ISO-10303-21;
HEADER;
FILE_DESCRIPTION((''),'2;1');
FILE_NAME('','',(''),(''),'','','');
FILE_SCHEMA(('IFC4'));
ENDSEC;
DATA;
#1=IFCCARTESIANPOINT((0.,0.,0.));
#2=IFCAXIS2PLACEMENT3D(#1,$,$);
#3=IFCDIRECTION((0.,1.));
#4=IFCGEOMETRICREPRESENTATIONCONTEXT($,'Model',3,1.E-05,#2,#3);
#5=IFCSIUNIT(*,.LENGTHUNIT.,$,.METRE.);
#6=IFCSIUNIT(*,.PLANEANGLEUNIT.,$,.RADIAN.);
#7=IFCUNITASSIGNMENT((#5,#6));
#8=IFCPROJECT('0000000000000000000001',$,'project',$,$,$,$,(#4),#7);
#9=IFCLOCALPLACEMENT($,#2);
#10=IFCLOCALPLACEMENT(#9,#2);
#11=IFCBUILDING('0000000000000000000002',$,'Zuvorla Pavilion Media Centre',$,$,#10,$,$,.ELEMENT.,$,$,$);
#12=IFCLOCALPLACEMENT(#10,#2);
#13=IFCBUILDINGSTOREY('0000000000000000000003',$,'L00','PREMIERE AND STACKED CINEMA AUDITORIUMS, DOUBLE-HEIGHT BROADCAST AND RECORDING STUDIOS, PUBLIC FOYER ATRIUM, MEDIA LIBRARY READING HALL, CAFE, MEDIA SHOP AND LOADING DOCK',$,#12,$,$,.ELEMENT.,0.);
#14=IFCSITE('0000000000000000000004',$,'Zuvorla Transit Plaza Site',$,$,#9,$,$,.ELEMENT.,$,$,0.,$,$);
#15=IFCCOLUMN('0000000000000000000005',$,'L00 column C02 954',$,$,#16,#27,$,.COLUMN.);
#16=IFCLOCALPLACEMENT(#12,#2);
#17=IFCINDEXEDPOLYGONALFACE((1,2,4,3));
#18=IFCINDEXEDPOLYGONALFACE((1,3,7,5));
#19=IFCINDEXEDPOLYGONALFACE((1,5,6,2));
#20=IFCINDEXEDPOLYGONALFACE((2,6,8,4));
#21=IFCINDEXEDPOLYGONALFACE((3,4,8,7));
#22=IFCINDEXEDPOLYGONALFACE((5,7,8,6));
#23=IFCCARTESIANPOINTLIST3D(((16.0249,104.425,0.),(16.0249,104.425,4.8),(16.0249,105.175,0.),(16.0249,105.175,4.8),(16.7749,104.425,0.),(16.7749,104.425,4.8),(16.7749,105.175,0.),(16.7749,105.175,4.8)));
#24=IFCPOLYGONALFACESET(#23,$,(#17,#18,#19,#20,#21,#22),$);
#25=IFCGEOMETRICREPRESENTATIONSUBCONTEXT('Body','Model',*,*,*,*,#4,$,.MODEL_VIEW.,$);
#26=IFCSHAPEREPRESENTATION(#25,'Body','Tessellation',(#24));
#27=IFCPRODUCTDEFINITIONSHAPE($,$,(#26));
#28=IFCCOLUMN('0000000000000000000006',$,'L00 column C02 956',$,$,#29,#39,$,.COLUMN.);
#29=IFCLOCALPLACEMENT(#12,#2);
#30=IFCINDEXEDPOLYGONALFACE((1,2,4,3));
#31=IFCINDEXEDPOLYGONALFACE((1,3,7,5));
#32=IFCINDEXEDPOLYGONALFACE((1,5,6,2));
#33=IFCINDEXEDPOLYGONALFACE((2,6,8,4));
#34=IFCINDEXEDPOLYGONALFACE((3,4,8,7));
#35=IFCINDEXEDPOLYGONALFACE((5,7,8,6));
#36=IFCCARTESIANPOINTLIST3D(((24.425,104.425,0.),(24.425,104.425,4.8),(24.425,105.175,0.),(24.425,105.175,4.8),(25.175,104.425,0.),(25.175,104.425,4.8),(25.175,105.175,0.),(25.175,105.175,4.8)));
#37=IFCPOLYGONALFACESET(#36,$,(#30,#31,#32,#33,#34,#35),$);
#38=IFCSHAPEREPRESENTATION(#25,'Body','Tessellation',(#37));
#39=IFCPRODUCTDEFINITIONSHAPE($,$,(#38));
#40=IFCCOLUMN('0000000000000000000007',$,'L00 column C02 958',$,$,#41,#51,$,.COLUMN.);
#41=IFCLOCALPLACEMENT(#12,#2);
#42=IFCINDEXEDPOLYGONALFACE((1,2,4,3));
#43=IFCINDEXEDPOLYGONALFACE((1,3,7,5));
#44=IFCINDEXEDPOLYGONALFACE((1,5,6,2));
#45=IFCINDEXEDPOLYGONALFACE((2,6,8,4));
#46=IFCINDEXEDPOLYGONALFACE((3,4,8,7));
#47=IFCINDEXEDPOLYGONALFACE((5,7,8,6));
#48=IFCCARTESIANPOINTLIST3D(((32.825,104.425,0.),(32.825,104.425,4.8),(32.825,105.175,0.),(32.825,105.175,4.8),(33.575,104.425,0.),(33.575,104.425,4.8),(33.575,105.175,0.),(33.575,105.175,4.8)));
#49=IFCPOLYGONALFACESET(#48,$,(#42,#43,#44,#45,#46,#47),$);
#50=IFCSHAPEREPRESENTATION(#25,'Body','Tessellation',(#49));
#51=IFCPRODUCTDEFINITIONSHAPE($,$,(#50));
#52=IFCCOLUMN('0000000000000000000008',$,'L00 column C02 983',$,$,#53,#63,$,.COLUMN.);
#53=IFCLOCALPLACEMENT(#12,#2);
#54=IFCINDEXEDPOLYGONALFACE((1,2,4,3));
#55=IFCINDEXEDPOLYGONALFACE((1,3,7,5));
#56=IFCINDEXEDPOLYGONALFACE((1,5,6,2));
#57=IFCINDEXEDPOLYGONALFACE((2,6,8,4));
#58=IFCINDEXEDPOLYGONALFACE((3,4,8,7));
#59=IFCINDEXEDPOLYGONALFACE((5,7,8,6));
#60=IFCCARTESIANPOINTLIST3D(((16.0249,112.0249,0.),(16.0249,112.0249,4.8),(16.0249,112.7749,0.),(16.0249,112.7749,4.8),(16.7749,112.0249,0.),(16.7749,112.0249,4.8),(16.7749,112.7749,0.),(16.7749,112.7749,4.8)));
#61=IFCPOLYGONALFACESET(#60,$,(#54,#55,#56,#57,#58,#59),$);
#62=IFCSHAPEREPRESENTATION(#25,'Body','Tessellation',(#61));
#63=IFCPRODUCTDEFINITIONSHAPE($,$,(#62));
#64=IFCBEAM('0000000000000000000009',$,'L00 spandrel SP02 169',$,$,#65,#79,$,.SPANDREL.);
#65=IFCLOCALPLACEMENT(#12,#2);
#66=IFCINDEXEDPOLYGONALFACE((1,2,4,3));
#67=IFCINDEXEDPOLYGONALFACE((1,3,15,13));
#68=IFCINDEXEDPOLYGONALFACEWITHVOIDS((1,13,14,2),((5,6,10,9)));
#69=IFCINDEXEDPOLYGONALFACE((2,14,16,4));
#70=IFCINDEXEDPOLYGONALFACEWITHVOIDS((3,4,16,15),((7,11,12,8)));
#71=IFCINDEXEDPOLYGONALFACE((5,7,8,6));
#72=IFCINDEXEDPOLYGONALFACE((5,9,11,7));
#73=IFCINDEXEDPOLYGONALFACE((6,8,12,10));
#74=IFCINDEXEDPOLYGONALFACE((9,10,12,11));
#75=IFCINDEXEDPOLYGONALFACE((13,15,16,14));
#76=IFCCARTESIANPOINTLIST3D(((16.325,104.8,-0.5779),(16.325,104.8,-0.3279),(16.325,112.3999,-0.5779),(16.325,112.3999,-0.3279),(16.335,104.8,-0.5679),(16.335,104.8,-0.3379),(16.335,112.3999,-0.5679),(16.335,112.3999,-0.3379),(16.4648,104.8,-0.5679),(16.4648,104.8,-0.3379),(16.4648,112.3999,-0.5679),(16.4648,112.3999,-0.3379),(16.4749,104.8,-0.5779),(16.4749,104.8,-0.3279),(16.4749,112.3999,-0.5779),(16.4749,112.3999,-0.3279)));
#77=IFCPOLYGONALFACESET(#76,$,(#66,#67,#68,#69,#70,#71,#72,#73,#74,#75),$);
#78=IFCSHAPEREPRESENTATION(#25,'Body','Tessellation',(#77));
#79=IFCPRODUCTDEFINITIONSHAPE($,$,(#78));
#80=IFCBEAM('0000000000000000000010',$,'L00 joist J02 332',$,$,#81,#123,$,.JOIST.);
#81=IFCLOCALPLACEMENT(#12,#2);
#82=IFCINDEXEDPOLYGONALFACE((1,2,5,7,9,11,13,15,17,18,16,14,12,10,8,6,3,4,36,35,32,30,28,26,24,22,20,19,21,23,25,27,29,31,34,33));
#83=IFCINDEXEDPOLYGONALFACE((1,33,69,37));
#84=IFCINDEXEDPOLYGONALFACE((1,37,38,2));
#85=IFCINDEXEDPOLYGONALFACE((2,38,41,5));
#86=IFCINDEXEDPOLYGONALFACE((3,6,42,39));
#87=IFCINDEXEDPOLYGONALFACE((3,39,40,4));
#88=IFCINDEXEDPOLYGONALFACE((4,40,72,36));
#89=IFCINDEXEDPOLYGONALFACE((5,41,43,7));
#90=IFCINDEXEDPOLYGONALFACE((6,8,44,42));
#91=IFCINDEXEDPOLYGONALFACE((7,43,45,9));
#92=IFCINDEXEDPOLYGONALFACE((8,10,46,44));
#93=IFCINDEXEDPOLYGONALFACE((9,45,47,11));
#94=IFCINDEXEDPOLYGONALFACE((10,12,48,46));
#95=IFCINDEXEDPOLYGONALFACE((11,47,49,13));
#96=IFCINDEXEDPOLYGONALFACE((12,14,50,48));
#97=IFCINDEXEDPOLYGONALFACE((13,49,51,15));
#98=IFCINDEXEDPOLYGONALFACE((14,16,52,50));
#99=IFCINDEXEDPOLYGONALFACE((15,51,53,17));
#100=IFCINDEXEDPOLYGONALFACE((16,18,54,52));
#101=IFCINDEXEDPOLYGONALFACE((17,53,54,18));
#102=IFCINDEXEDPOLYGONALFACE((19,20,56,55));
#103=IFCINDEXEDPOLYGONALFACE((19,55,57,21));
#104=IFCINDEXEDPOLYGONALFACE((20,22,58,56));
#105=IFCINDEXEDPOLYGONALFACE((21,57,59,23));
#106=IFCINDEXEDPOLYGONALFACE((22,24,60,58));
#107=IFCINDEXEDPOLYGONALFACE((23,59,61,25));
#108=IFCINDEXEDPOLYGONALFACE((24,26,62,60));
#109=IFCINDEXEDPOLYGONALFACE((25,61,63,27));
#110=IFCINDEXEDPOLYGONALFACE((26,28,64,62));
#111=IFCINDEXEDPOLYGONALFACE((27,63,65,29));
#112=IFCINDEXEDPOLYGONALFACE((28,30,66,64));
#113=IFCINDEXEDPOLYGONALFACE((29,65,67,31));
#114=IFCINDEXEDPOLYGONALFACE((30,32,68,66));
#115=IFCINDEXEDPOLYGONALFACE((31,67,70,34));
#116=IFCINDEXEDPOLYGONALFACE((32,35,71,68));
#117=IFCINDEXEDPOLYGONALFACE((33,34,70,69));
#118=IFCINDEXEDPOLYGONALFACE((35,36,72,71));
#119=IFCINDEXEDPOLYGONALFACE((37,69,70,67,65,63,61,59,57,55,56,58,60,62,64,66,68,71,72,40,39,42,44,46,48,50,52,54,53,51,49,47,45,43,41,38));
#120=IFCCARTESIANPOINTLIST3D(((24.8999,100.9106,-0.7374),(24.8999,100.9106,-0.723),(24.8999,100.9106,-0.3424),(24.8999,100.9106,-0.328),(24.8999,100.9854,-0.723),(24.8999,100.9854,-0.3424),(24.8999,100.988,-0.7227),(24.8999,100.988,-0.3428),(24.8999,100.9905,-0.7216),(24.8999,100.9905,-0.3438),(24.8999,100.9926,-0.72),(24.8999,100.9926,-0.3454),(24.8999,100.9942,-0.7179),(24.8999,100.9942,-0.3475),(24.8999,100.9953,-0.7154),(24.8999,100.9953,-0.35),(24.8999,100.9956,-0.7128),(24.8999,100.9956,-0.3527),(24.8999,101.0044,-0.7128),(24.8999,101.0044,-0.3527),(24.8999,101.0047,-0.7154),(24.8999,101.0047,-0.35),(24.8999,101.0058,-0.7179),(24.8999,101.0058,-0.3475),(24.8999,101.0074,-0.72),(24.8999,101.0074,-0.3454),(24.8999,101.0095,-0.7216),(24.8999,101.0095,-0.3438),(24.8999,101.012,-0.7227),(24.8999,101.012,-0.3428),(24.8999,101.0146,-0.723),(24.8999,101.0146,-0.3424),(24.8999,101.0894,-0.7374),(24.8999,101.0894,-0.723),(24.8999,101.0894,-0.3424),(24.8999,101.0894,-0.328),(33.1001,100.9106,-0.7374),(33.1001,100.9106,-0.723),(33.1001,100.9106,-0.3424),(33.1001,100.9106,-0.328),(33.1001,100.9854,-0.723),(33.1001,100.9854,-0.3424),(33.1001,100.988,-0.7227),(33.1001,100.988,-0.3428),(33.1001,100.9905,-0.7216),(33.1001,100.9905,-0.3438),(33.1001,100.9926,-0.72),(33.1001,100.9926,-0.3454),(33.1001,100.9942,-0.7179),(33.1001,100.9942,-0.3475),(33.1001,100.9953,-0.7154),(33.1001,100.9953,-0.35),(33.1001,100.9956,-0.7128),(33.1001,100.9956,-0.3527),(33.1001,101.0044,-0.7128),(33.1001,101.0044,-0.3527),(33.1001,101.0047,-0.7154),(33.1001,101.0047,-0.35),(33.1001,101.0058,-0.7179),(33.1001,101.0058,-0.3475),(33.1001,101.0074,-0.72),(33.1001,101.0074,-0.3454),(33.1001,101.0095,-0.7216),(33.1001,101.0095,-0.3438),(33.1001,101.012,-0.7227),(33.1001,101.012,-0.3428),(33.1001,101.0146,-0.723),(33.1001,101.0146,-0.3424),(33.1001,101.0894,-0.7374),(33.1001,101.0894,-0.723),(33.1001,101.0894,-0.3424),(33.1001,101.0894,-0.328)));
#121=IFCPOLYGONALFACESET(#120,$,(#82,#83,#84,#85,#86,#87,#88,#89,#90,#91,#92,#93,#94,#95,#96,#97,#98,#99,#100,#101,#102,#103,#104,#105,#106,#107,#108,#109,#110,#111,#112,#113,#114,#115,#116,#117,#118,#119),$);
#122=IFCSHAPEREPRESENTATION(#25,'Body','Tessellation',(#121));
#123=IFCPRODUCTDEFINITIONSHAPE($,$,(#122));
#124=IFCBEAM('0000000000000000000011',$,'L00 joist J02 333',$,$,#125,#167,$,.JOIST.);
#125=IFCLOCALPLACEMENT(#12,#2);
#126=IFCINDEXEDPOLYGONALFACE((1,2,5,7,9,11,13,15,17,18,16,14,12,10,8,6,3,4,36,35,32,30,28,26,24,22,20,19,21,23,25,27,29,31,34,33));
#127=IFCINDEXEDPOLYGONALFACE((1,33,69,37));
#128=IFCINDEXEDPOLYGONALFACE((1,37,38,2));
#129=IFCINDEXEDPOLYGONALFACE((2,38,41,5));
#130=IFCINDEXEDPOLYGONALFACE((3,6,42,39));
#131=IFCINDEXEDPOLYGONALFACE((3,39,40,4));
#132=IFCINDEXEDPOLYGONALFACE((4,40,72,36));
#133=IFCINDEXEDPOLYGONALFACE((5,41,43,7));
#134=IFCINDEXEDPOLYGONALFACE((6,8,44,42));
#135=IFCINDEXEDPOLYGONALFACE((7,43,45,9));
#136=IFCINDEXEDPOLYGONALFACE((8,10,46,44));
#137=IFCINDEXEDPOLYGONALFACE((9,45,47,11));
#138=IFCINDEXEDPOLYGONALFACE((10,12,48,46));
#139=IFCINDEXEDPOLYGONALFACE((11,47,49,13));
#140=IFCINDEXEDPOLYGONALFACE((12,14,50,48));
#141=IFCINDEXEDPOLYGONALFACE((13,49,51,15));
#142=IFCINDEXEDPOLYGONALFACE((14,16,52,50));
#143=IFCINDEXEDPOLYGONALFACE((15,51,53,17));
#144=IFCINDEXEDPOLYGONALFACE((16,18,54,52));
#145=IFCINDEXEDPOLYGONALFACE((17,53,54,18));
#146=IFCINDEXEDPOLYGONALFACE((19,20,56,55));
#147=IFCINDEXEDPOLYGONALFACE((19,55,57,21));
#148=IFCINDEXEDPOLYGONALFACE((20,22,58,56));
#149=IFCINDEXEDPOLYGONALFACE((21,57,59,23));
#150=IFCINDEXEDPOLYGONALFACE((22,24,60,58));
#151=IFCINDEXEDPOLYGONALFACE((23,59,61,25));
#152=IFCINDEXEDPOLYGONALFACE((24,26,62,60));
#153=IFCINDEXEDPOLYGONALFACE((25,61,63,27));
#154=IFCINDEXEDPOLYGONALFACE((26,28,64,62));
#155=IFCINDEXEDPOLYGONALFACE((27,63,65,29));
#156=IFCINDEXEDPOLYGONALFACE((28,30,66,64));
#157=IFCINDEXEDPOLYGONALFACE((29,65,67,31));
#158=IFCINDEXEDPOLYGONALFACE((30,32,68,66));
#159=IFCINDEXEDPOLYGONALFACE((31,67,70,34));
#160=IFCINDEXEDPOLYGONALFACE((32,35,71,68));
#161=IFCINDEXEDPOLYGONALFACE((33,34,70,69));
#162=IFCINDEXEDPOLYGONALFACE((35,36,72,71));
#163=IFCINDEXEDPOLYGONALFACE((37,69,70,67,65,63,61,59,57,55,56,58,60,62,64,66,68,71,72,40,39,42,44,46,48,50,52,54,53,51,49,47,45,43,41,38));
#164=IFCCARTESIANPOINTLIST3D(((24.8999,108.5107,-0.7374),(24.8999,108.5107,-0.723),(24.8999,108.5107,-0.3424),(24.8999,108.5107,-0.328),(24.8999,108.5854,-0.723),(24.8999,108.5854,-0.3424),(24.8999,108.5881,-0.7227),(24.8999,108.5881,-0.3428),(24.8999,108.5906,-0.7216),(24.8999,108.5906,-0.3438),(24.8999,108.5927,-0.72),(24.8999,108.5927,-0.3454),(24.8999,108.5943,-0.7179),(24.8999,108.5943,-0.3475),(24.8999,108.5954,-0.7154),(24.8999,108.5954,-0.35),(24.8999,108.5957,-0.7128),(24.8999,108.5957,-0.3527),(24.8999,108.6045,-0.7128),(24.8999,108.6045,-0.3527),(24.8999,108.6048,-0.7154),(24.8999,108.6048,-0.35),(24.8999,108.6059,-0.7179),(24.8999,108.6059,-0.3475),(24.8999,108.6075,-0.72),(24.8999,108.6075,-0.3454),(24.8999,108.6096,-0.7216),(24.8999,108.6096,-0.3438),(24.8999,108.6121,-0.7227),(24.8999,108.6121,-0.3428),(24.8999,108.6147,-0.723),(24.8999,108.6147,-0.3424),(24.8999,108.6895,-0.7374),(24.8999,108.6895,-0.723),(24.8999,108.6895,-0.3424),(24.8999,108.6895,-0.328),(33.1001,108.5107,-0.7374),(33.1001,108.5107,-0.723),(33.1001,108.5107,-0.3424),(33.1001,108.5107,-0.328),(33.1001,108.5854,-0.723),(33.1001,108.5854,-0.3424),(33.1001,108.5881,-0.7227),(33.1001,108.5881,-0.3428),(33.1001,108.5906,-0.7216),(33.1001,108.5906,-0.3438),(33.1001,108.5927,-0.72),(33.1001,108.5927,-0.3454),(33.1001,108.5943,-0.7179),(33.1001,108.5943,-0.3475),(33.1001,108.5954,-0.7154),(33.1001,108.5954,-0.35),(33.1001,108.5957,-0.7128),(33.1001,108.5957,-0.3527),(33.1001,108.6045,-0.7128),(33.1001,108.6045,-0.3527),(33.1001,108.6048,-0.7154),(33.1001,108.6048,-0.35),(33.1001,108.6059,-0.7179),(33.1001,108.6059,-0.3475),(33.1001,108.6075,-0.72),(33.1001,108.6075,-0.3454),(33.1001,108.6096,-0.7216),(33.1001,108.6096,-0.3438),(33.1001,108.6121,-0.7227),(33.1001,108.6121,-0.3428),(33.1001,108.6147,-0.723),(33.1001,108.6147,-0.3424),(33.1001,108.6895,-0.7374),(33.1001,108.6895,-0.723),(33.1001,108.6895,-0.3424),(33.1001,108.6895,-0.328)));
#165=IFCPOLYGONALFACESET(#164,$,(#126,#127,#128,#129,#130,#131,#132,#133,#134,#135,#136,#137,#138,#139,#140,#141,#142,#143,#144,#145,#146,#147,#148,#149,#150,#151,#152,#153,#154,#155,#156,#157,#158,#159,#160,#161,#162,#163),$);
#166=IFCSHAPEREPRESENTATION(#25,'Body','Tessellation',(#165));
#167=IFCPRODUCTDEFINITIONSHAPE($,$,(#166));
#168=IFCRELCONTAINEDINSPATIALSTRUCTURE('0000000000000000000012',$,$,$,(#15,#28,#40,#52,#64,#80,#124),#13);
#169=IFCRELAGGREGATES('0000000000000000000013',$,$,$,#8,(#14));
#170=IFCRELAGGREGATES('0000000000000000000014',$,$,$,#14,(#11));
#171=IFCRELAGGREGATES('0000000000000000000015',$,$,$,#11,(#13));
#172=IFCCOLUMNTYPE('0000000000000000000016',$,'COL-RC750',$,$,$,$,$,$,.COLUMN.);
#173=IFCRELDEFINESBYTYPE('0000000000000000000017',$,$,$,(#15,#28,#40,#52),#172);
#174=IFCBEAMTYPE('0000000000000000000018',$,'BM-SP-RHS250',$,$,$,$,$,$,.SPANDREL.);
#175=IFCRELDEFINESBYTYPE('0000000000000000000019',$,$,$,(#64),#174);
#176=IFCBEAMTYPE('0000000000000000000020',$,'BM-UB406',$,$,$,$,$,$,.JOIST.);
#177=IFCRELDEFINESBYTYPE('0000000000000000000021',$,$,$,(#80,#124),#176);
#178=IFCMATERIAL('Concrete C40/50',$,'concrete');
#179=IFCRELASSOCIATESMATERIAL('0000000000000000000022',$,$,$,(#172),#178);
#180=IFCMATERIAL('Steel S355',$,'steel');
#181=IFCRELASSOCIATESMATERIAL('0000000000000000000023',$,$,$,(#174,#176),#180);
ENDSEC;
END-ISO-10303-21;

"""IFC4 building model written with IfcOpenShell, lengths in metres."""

from ifc_helpers import new_model, si_unit, direction, frame, origin, origin_2d, place, context, subcontext, project, spatial, rectangle, hollow_rectangle, i_section, extrude, material, material_profile, profile_set, type_object, element, save


model = new_model("IFC4")

# Units and contexts
model_context = context("Model", 3, precision=1e-05, world=origin(), true_north=direction((0.0, 1.0)))
body_context = subcontext(model_context, "Body", "Model", "MODEL_VIEW")
ifc_project = project(units=[si_unit("LENGTHUNIT", "METRE"), si_unit("PLANEANGLEUNIT", "RADIAN")], contexts=[model_context])

# Site, building, storey
site_placement = place(None, origin())
site = spatial("IfcSite", under=ifc_project, at=site_placement, Name="Zuvorla Transit Plaza Site", CompositionType="ELEMENT", RefElevation=0.0)
building_placement = place(site_placement, origin())
building = spatial("IfcBuilding", under=site, at=building_placement, Name="Zuvorla Pavilion Media Centre", CompositionType="ELEMENT")
storey_placement = place(building_placement, origin())
storey = spatial("IfcBuildingStorey", under=building, at=storey_placement, Name="L00", Description="PREMIERE AND STACKED CINEMA AUDITORIUMS, DOUBLE-HEIGHT BROADCAST AND RECORDING STUDIOS, PUBLIC FOYER ATRIUM, MEDIA LIBRARY READING HALL, CAFE, MEDIA SHOP AND LOADING DOCK", CompositionType="ELEMENT", Elevation=0.0)

# Columns
ifc_material_1 = material(Name="Concrete C40/50", Category="concrete")
ifc_material_profile_1 = material_profile(ifc_material_1, rectangle(XDim=0.75, YDim=0.75, at=origin_2d()), Name="RC 750x750")
ifc_profile_set_1 = profile_set([ifc_material_profile_1], Name="Concrete C40/50")
column_type = type_object("IfcColumnType", Name="COL-RC750", PredefinedType="COLUMN", material=ifc_profile_set_1)
for number, where, z_axis, x_axis, name in (
    (1, (16.3999, 104.8, 0.0), (0.0, 0.0, 1.0), (1.0, 0.0, 0.0), "L00 column C02 954"),
    (2, (24.8, 104.8, 0.0), (0.0, 0.0, 1.0), (1.0, 0.0, 0.0), "L00 column C02 956"),
    (3, (33.2, 104.8, 0.0), (0.0, 0.0, 1.0), (1.0, 0.0, 0.0), "L00 column C02 958"),
    (4, (16.3999, 112.3999, 0.0), (0.0, 0.0, 1.0), (1.0, 0.0, 0.0), "L00 column C02 983"),
):
    element("IfcColumn", number, at=place(storey_placement, frame(where, z_axis=z_axis, x_axis=x_axis)), inside=storey, type_object=column_type, Name=name, PredefinedType="COLUMN", context=body_context, shape_type="SweptSolid", body=[
        extrude(rectangle(XDim=0.75, YDim=0.75, at=origin_2d()), origin(), (0.0, 0.0, 1.0), 4.8),
    ])

# Beams
ifc_material_2 = material(Name="Steel S355", Category="steel")
ifc_material_profile_2 = material_profile(ifc_material_2, hollow_rectangle(XDim=0.1499, YDim=0.25, WallThickness=0.01, at=origin_2d()), Name="RHS 250x150x10")
ifc_profile_set_2 = profile_set([ifc_material_profile_2], Name="Steel S355")
beam_type_1 = type_object("IfcBeamType", Name="BM-SP-RHS250", PredefinedType="SPANDREL", material=ifc_profile_set_2)
beam_1_placement = place(storey_placement, frame((16.3999, 104.8, -0.4529), z_axis=(0.0, 1.0, 0.0), x_axis=(-1.0, 0.0, 0.0)))
element("IfcBeam", 5, at=beam_1_placement, inside=storey, type_object=beam_type_1, Name="L00 spandrel SP02 169", PredefinedType="SPANDREL", context=body_context, shape_type="SweptSolid", body=[
    extrude(hollow_rectangle(XDim=0.1499, YDim=0.25, WallThickness=0.01, at=origin_2d()), origin(), (0.0, 0.0, 1.0), 7.5999),
])
ifc_material_profile_3 = material_profile(ifc_material_2, i_section(OverallWidth=0.1787, OverallDepth=0.4094, WebThickness=0.0088, FlangeThickness=0.0144, FilletRadius=0.0103, at=origin_2d()), Name="UB 406x178x67")
ifc_profile_set_3 = profile_set([ifc_material_profile_3], Name="Steel S355")
beam_type_2 = type_object("IfcBeamType", Name="BM-UB406", PredefinedType="JOIST", material=ifc_profile_set_3)
for number, where, z_axis, x_axis, name in (
    (6, (24.8999, 101.0, -0.5327), (1.0, 0.0, 0.0), (0.0, 1.0, 0.0), "L00 joist J02 332"),
    (7, (24.8999, 108.6001, -0.5327), (1.0, 0.0, 0.0), (0.0, 1.0, 0.0), "L00 joist J02 333"),
):
    element("IfcBeam", number, at=place(storey_placement, frame(where, z_axis=z_axis, x_axis=x_axis)), inside=storey, type_object=beam_type_2, Name=name, PredefinedType="JOIST", context=body_context, shape_type="SweptSolid", body=[
        extrude(i_section(OverallWidth=0.1787, OverallDepth=0.4094, WebThickness=0.0088, FlangeThickness=0.0144, FilletRadius=0.0103, at=origin_2d()), origin(), (0.0, 0.0, 1.0), 8.2002),
    ])

save(model, "model.ifc")
